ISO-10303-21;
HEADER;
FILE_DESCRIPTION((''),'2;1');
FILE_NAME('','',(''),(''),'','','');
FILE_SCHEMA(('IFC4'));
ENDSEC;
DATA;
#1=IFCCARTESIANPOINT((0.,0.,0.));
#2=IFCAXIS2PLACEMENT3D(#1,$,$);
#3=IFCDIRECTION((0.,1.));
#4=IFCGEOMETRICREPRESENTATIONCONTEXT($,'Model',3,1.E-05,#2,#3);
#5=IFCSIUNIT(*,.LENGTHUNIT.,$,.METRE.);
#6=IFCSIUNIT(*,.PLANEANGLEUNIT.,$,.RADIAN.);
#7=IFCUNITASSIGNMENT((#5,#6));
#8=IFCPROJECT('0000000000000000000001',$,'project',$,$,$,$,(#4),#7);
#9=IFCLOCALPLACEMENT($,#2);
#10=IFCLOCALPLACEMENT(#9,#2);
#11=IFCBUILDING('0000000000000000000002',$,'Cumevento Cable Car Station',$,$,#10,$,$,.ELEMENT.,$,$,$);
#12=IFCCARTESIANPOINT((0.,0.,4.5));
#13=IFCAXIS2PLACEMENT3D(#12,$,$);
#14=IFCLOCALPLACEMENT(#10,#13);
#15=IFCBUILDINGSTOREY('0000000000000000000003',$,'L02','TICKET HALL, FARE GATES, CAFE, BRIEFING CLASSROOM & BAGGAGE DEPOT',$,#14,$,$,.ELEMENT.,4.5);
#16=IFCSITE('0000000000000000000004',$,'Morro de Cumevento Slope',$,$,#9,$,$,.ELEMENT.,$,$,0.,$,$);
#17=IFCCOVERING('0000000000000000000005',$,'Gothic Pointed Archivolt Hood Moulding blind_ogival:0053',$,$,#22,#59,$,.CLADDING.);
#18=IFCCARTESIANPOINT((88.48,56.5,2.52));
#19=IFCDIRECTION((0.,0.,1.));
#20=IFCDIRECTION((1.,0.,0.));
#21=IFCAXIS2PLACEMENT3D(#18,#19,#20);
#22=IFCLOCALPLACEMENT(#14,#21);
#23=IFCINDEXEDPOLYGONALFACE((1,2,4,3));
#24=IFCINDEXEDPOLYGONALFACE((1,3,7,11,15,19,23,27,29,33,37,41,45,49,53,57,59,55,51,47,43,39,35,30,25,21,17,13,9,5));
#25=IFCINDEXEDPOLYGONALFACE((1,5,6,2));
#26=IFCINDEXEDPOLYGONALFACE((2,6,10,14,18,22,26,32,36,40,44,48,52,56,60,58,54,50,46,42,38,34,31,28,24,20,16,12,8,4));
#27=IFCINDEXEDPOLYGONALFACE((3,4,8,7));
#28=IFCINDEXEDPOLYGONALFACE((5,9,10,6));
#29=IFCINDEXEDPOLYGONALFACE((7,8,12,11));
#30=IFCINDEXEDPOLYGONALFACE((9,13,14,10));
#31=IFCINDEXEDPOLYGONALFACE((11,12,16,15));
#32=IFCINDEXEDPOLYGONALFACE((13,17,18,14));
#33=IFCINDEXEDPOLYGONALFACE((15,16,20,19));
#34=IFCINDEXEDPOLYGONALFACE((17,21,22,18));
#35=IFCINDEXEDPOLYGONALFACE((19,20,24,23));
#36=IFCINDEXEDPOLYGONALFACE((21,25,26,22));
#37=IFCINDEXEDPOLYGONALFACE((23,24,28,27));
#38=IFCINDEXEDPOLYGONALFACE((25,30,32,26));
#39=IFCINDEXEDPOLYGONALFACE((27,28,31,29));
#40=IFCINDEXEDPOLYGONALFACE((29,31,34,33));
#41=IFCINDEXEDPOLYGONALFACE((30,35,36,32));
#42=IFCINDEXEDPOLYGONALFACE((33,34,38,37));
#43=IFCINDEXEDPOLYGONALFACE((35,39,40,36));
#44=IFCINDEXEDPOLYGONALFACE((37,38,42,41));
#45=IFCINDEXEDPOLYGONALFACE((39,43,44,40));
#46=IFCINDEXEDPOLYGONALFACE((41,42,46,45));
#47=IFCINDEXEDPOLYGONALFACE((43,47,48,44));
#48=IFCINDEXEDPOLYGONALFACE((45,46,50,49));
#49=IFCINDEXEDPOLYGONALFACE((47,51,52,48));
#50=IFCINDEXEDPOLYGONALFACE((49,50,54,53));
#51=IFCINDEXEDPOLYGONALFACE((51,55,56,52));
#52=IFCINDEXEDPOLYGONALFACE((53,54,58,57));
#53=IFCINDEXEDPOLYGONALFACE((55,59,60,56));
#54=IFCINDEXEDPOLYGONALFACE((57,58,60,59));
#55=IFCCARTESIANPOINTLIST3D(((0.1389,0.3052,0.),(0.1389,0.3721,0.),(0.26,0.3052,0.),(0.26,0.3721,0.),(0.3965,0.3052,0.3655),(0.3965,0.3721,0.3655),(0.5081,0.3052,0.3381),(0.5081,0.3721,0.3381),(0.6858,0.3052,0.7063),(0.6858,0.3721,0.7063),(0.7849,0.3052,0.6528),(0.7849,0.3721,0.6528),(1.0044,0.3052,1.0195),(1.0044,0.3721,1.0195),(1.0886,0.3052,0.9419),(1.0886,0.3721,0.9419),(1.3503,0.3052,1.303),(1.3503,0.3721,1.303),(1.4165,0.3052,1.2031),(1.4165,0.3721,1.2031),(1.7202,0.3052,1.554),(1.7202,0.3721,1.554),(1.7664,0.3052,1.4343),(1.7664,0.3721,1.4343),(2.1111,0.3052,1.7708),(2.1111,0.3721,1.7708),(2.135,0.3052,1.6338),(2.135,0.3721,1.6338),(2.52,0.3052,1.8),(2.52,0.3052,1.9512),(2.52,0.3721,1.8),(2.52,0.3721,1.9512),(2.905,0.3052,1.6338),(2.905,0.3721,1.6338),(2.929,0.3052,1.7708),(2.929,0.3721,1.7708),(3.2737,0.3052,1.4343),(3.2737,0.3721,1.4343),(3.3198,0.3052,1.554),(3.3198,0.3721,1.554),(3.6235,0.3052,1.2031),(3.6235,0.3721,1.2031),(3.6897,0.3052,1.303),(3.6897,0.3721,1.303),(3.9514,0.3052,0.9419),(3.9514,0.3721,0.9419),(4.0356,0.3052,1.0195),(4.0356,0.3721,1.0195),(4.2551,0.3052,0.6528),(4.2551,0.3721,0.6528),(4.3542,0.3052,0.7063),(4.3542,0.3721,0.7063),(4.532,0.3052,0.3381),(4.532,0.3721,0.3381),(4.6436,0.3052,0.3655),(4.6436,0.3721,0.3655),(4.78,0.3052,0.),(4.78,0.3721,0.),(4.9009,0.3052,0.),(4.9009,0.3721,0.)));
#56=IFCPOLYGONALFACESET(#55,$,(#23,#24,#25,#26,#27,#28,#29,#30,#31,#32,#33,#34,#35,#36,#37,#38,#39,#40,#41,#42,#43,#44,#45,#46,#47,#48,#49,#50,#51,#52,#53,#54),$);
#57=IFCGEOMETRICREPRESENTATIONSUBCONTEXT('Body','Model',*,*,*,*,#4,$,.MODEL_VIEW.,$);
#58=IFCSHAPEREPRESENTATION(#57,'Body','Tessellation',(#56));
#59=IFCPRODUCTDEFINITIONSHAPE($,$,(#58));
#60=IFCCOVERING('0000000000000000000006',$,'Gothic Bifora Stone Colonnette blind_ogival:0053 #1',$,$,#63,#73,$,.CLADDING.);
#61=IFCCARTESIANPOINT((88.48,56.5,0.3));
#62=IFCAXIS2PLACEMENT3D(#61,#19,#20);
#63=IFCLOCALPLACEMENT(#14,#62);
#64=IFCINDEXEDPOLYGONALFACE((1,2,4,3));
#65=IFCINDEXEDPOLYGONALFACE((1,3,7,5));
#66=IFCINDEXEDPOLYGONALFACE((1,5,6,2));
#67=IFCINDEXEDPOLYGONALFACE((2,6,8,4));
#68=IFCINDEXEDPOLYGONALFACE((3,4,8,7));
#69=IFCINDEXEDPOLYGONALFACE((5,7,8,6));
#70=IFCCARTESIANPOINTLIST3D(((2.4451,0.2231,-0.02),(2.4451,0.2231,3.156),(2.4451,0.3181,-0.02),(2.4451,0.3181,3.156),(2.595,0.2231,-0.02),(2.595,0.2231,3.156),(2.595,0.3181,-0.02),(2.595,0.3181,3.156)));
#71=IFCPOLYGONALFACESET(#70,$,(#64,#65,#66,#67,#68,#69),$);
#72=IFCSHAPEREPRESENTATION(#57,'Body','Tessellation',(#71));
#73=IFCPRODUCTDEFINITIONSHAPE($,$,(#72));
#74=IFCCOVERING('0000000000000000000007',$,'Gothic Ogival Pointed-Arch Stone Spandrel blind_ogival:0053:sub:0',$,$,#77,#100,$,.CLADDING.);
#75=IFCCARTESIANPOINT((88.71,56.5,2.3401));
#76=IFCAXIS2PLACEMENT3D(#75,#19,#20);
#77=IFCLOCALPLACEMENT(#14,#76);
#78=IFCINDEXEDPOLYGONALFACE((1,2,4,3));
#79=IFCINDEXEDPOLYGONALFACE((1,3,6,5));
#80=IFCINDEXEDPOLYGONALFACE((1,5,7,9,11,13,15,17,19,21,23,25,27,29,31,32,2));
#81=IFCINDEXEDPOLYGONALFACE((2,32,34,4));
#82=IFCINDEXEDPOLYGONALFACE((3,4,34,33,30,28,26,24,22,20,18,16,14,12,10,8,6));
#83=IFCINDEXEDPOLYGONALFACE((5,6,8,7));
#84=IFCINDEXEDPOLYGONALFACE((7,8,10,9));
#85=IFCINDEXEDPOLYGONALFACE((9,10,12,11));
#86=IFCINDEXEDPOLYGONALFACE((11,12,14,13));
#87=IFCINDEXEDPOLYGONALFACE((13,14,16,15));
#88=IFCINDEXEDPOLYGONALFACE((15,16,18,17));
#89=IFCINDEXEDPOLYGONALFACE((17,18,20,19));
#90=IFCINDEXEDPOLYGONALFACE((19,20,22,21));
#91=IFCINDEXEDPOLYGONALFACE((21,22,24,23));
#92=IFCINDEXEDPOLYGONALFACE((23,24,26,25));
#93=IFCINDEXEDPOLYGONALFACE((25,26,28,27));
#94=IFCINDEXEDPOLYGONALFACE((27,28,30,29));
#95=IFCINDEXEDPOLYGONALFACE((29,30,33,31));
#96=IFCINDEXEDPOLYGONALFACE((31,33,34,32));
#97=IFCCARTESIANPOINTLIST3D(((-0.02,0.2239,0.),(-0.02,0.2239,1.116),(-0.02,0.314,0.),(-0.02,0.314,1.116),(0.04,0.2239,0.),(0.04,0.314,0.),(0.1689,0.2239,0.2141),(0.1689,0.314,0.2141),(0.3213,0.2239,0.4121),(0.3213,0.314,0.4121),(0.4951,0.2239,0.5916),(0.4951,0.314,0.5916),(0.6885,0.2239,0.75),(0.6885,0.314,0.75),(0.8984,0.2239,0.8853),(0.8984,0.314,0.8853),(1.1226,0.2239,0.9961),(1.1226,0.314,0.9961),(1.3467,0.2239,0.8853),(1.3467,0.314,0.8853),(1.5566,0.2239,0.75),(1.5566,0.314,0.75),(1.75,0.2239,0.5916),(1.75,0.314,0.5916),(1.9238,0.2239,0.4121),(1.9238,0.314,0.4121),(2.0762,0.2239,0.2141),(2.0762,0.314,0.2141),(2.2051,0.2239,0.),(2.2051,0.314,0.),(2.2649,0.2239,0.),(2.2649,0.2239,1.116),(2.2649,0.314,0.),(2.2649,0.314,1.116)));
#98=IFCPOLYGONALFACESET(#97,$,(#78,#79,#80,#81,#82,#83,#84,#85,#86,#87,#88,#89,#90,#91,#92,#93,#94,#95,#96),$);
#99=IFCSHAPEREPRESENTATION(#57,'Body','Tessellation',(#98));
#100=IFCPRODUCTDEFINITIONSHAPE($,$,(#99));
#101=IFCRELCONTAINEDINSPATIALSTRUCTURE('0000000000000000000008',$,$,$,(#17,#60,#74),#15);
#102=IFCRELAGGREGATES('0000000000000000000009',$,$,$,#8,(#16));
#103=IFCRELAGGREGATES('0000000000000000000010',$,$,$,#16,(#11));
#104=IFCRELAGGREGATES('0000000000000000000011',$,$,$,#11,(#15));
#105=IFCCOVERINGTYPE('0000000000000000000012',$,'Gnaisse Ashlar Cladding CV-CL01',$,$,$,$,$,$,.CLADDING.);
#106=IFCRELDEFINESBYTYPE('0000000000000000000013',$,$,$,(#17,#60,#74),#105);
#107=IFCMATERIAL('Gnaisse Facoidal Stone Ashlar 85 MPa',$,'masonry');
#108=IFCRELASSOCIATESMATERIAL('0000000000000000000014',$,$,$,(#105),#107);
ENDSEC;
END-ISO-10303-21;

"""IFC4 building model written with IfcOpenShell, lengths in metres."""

from ifc_helpers import new_model, si_unit, direction, frame, origin, place, context, subcontext, project, spatial, polyline, outline, extrude, material, type_object, element, save


model = new_model("IFC4")

# Units and contexts
model_context = context("Model", 3, precision=1e-05, world=origin(), true_north=direction((0.0, 1.0)))
body_context = subcontext(model_context, "Body", "Model", "MODEL_VIEW")
ifc_project = project(units=[si_unit("LENGTHUNIT", "METRE"), si_unit("PLANEANGLEUNIT", "RADIAN")], contexts=[model_context])

# Site, building, storey
site_placement = place(None, origin())
site = spatial("IfcSite", under=ifc_project, at=site_placement, Name="Morro de Cumevento Slope", CompositionType="ELEMENT", RefElevation=0.0)
building_placement = place(site_placement, origin())
building = spatial("IfcBuilding", under=site, at=building_placement, Name="Cumevento Cable Car Station", CompositionType="ELEMENT")
storey_placement = place(building_placement, frame((0.0, 0.0, 4.5)))
storey = spatial("IfcBuildingStorey", under=building, at=storey_placement, Name="L02", Description="TICKET HALL, FARE GATES, CAFE, BRIEFING CLASSROOM & BAGGAGE DEPOT", CompositionType="ELEMENT", Elevation=4.5)

# Coverings
ifc_material_1 = material(Name="Gnaisse Facoidal Stone Ashlar 85 MPa", Category="masonry")
covering_type = type_object("IfcCoveringType", Name="Gnaisse Ashlar Cladding CV-CL01", PredefinedType="CLADDING", material=ifc_material_1)
placement_1 = place(storey_placement, frame((88.48, 56.5, 0.3), z_axis=(0.0, 0.0, 1.0), x_axis=(1.0, 0.0, 0.0)))
covering_1_placement = place(storey_placement, frame((88.48, 56.5, 2.52), z_axis=(0.0, 0.0, 1.0), x_axis=(1.0, 0.0, 0.0)))
element("IfcCovering", 1, at=covering_1_placement, inside=storey, type_object=covering_type, Name="Gothic Pointed Archivolt Hood Moulding blind_ogival:0053", PredefinedType="CLADDING", context=body_context, shape_type="SweptSolid", body=[
    extrude(outline(polyline([(0.26, 0.0), (0.5081, 0.3381), (0.7849, 0.6528), (1.0886, 0.9419), (1.4165, 1.2031), (1.7664, 1.4343), (2.135, 1.6338), (2.52, 1.8), (2.905, 1.6338), (3.2737, 1.4343), (3.6235, 1.2031), (3.9514, 0.9419), (4.2551, 0.6528), (4.532, 0.3381), (4.78, 0.0), (4.9009, 0.0), (4.6436, 0.3655), (4.3542, 0.7063), (4.0356, 1.0195), (3.6897, 1.303), (3.3198, 1.554), (2.929, 1.7708), (2.52, 1.9512), (2.1111, 1.7708), (1.7202, 1.554), (1.3503, 1.303), (1.0044, 1.0195), (0.6858, 0.7063), (0.3965, 0.3655), (0.1389, 0.0), (0.26, 0.0)])), frame((0.0, 0.3721, 0.0), z_axis=(0.0, -1.0, 0.0), x_axis=(1.0, 0.0, 0.0)), (0.0, 0.0, 1.0), 0.0669),
])
element("IfcCovering", 2, at=placement_1, inside=storey, type_object=covering_type, Name="Gothic Bifora Stone Colonnette blind_ogival:0053 #1", PredefinedType="CLADDING", context=body_context, shape_type="SweptSolid", body=[
    extrude(outline(polyline([(2.4451, -0.02), (2.595, -0.02), (2.595, 3.156), (2.4451, 3.156), (2.4451, -0.02)])), frame((0.0, 0.3181, 0.0), z_axis=(0.0, -1.0, 0.0), x_axis=(1.0, 0.0, 0.0)), (0.0, 0.0, 1.0), 0.095),
])
covering_2_placement = place(storey_placement, frame((88.71, 56.5, 2.3401), z_axis=(0.0, 0.0, 1.0), x_axis=(1.0, 0.0, 0.0)))
element("IfcCovering", 3, at=covering_2_placement, inside=storey, type_object=covering_type, Name="Gothic Ogival Pointed-Arch Stone Spandrel blind_ogival:0053:sub:0", PredefinedType="CLADDING", context=body_context, shape_type="SweptSolid", body=[
    extrude(outline(polyline([(-0.02, 0.0), (-0.02, 1.116), (2.2649, 1.116), (2.2649, 0.0), (2.2051, 0.0), (2.0762, 0.2141), (1.9238, 0.4121), (1.75, 0.5916), (1.5566, 0.75), (1.3467, 0.8853), (1.1226, 0.9961), (0.8984, 0.8853), (0.6885, 0.75), (0.4951, 0.5916), (0.3213, 0.4121), (0.1689, 0.2141), (0.04, 0.0), (-0.02, 0.0)])), frame((0.0, 0.314, 0.0), z_axis=(0.0, -1.0, 0.0), x_axis=(1.0, 0.0, 0.0)), (0.0, 0.0, 1.0), 0.0901),
])

save(model, "model.ifc")
